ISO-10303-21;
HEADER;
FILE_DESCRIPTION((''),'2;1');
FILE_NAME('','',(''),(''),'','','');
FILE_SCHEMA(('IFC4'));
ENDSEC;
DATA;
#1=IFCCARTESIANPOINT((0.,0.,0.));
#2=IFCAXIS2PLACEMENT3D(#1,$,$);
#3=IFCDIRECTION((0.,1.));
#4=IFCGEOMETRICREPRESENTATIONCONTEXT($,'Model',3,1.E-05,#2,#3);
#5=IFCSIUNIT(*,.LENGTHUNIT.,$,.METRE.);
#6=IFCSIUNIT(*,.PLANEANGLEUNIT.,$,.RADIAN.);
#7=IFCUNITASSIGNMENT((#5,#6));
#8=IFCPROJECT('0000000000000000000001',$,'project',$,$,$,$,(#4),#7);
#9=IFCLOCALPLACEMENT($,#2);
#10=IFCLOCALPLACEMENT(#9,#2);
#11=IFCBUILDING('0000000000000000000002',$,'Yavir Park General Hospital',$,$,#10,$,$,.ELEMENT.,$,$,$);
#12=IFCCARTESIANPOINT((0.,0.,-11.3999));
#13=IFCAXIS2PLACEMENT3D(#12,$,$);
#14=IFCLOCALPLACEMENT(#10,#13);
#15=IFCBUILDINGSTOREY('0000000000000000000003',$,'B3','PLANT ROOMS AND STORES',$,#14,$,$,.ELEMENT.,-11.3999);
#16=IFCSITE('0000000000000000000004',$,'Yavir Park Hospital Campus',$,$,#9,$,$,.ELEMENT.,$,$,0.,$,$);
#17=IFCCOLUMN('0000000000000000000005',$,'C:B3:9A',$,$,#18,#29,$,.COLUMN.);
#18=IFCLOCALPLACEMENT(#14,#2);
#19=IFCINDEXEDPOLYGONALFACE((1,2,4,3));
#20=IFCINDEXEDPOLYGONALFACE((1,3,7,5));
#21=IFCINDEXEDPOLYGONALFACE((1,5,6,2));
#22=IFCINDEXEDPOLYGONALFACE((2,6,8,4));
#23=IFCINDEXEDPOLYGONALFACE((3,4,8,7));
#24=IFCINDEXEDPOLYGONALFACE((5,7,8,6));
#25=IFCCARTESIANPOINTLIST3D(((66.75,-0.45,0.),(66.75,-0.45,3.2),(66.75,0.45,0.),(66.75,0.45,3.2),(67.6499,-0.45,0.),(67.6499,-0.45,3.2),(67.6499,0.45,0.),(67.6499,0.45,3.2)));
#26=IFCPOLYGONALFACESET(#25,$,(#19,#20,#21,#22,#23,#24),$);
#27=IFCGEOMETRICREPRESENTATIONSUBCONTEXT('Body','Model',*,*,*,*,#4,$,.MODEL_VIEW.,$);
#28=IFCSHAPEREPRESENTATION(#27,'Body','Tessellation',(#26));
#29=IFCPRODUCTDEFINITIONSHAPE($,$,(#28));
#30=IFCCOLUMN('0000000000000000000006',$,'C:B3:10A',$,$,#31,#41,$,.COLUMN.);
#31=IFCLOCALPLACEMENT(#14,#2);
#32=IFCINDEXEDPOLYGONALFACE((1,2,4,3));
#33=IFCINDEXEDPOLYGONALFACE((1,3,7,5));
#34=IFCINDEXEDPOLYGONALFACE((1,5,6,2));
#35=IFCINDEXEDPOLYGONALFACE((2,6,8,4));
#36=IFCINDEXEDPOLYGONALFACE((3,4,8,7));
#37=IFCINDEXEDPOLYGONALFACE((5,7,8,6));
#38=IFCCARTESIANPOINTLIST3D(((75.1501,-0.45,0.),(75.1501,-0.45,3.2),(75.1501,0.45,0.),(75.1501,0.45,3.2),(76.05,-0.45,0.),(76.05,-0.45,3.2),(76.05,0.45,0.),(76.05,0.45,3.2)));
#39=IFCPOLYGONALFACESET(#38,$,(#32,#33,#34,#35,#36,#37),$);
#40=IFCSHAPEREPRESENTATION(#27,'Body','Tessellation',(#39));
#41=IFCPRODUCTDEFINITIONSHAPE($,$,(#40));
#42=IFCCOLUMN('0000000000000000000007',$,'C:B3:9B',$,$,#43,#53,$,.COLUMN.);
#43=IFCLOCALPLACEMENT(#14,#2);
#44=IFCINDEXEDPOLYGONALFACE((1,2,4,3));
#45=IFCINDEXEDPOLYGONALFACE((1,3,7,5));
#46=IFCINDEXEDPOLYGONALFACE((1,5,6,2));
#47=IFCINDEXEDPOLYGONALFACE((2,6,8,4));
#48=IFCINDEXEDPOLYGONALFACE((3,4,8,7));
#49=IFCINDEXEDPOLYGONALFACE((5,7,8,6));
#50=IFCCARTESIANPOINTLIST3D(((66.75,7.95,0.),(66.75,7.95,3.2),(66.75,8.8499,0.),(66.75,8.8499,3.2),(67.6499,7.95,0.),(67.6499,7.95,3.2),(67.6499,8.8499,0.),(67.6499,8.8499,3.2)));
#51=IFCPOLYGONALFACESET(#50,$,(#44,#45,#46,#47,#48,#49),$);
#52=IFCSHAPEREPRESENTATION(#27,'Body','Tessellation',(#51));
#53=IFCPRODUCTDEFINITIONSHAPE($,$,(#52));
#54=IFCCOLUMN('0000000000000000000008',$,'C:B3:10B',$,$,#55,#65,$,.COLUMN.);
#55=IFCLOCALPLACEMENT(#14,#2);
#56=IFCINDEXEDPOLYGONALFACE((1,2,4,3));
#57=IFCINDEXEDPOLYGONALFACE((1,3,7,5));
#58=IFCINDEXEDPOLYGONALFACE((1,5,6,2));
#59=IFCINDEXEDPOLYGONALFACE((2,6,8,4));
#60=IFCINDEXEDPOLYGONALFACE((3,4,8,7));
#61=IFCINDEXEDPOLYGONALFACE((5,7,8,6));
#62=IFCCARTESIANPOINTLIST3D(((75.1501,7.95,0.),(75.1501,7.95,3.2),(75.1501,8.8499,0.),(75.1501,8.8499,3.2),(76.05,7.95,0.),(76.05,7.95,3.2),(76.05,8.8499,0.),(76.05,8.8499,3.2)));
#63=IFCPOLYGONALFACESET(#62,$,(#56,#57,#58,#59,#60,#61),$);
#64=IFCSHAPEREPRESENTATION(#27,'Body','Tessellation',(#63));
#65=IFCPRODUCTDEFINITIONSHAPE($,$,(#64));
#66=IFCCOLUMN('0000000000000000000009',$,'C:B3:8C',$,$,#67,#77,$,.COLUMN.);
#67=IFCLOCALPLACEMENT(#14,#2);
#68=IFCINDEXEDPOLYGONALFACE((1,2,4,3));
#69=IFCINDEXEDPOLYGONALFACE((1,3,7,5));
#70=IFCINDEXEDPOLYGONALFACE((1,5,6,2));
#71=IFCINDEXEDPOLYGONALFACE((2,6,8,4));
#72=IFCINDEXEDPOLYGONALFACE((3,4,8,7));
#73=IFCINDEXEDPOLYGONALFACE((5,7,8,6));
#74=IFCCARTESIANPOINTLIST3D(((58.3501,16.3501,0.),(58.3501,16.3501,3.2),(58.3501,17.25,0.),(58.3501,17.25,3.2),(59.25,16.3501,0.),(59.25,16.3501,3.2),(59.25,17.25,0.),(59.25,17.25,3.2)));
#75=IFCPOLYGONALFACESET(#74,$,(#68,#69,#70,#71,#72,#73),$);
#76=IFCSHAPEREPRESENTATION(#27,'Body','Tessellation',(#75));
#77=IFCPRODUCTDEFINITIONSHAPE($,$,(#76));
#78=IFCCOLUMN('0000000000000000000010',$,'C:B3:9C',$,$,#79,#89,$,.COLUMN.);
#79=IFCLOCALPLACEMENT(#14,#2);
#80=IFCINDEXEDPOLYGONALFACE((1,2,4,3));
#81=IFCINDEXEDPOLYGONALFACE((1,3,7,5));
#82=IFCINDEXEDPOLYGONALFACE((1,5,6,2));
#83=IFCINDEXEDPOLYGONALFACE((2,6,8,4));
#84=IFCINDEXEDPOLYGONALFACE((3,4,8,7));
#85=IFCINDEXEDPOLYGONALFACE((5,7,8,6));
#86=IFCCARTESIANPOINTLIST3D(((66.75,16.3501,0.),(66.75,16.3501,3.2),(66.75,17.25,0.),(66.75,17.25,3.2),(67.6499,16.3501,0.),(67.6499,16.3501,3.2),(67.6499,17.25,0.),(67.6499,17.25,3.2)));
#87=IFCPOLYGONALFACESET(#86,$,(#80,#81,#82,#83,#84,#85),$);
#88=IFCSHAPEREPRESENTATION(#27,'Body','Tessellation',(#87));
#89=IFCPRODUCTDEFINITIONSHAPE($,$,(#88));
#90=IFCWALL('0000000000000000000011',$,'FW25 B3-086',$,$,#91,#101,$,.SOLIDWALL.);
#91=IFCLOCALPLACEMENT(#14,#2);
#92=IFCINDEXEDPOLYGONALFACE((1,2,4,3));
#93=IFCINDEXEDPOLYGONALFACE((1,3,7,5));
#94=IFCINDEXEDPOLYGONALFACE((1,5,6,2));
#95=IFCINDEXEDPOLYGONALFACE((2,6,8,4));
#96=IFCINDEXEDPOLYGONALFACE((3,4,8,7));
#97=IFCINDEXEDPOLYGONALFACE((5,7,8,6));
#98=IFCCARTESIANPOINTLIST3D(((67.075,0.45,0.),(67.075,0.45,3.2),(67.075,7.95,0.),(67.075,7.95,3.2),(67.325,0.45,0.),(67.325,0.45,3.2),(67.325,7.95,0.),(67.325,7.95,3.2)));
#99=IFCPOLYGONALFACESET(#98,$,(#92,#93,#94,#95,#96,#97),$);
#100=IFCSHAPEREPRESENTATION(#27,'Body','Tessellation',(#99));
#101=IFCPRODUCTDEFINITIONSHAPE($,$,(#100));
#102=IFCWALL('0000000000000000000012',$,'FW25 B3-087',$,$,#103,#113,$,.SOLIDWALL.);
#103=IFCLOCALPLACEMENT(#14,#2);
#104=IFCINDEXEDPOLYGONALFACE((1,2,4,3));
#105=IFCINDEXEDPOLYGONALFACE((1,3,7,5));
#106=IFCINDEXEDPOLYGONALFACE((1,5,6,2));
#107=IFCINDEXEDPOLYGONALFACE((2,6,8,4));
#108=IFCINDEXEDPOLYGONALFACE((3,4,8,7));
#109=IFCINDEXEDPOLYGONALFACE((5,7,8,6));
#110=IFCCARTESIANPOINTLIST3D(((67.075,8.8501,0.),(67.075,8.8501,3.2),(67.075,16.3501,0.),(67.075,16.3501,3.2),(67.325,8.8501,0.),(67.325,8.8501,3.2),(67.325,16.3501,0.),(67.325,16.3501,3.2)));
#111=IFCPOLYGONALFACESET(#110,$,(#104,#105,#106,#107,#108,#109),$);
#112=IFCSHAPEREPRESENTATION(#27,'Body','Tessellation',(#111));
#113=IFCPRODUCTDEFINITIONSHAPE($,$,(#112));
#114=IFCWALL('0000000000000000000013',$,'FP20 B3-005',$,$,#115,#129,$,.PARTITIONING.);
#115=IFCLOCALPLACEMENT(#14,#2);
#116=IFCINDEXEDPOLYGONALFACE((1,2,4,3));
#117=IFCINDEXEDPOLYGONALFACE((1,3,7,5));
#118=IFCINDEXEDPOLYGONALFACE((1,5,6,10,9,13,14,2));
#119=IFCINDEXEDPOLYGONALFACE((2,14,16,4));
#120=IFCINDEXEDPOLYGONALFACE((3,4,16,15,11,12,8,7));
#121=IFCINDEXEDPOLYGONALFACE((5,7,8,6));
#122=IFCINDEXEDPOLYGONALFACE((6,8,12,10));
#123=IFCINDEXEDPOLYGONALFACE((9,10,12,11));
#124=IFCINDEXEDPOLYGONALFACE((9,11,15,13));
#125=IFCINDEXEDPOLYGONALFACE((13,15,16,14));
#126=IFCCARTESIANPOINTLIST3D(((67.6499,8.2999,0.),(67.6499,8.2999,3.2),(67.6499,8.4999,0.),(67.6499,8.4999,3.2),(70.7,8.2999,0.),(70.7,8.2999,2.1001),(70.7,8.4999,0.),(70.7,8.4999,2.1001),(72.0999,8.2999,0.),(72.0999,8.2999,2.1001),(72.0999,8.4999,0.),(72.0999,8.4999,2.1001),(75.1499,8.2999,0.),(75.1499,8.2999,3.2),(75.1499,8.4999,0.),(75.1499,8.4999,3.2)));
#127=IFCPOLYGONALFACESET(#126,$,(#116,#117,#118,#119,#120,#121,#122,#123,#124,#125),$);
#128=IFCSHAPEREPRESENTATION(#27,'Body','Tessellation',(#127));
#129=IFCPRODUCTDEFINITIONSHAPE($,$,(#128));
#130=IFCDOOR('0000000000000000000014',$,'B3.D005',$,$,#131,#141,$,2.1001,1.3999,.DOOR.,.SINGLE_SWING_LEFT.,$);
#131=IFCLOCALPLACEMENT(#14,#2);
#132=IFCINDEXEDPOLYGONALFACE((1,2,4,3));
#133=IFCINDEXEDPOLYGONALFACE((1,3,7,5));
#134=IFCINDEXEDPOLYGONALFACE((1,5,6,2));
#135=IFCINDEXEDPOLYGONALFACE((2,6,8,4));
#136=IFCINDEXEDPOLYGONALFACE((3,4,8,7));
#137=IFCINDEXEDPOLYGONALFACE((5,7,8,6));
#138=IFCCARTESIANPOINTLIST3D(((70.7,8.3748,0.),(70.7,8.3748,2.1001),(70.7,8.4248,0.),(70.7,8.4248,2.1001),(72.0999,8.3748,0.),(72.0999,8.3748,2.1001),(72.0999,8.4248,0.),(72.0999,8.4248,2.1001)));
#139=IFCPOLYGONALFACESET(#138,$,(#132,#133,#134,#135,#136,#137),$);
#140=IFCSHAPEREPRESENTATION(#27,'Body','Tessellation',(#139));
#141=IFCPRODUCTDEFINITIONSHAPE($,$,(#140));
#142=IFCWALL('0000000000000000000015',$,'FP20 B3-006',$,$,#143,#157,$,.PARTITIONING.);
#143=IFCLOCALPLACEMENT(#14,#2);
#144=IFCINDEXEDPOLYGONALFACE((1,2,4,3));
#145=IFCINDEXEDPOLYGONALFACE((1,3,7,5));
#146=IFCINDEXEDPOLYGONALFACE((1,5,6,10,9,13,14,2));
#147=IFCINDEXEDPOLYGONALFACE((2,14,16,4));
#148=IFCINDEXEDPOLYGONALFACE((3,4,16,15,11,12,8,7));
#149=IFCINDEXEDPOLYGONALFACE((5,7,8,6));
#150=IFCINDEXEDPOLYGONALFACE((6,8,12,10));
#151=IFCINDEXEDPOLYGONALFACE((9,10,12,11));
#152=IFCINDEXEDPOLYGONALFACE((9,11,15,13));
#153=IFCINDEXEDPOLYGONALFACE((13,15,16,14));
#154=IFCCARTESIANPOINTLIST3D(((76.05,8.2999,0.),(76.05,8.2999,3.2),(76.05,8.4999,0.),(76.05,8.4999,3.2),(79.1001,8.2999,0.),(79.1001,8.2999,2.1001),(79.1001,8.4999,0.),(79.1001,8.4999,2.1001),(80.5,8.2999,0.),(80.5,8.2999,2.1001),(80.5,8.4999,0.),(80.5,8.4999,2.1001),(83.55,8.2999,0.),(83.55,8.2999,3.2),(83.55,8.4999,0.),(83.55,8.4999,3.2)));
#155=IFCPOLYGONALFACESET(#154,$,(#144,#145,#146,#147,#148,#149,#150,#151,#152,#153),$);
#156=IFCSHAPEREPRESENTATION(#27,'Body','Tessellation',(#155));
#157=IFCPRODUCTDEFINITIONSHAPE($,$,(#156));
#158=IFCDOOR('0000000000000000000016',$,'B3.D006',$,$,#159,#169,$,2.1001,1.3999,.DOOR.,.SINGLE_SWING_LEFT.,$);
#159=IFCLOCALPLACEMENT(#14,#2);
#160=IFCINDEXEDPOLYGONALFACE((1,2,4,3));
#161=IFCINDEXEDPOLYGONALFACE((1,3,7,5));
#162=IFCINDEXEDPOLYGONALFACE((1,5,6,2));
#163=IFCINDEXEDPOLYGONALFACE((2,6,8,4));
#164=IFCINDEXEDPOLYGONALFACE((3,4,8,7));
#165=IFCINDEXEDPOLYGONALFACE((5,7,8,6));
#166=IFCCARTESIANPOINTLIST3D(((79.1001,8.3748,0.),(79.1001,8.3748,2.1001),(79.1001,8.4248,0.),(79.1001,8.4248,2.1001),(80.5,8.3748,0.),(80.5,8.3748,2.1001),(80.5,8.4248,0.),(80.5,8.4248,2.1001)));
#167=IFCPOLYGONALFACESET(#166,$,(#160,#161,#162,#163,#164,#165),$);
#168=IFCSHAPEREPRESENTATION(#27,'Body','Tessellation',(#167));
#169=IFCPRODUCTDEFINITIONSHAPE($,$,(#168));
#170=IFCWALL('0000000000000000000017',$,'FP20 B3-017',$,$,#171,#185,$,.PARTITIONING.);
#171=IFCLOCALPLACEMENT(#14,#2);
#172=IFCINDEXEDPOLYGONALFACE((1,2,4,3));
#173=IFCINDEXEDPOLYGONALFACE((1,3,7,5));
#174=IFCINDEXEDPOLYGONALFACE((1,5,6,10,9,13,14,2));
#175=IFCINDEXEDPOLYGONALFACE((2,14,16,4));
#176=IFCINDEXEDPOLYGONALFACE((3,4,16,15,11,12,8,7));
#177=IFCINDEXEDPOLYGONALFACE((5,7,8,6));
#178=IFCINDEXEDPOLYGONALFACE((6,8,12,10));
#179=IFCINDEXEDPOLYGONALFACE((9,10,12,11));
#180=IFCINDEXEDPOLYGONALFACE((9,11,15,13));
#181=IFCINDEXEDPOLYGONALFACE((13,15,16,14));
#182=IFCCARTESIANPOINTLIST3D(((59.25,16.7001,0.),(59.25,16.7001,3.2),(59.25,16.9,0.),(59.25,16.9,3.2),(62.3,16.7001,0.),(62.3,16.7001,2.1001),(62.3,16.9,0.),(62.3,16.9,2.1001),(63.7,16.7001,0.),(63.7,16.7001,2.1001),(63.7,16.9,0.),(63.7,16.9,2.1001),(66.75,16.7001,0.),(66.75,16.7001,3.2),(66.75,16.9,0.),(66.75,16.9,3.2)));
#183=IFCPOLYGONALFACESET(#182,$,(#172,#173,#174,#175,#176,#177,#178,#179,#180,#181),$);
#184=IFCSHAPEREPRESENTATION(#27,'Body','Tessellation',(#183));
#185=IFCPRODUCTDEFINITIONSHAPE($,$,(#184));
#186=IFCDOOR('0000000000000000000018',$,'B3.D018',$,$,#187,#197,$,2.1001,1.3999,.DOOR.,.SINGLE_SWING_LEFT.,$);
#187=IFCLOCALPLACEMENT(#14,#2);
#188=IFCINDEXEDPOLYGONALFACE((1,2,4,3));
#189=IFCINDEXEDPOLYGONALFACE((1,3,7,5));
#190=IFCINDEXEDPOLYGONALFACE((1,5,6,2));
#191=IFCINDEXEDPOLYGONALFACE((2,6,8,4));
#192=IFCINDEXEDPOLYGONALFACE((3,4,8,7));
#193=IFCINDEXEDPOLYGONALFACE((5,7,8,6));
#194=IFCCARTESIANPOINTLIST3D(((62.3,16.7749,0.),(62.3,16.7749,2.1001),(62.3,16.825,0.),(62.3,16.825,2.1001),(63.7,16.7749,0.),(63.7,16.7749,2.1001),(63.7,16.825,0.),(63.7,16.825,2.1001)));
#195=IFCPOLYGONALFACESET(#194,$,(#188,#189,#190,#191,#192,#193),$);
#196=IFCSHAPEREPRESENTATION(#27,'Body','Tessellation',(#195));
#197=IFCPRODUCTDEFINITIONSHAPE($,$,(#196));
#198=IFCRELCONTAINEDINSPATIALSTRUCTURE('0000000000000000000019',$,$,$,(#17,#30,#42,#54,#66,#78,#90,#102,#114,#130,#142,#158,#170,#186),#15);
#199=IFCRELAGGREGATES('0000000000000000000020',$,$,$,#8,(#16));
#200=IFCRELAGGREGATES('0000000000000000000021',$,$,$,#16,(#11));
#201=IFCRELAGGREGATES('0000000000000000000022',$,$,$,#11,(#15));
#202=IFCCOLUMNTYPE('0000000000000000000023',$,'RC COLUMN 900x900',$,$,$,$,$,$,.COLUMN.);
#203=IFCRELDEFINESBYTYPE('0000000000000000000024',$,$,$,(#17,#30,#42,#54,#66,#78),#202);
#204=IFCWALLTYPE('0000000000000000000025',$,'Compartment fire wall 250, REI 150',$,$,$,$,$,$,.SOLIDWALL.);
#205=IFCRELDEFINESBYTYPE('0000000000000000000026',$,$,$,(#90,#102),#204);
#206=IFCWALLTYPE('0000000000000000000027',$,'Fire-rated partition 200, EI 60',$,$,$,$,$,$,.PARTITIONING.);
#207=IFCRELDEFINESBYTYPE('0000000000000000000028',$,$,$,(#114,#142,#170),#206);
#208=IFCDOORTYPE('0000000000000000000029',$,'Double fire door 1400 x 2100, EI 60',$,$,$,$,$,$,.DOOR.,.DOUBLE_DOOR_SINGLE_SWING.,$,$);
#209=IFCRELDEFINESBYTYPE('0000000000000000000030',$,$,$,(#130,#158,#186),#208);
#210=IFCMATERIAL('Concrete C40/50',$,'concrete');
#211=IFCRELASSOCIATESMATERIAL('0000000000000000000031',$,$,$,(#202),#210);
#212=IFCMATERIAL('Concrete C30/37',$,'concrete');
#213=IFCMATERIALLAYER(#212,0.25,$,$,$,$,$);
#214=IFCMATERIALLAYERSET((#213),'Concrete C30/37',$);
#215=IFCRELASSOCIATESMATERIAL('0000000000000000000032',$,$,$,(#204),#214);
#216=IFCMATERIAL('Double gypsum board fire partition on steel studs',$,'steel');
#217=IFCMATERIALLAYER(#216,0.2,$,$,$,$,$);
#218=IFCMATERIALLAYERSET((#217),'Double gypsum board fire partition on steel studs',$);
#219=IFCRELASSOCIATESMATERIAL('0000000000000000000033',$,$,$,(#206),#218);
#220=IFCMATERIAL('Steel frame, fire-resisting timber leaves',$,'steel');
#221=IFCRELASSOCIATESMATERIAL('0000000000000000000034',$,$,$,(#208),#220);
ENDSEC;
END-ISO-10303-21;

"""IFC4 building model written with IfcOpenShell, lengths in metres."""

from ifc_helpers import new_model, si_unit, direction, frame, frame_2d, origin, origin_2d, place, context, subcontext, project, spatial, rectangle, extrude, material, layer, layer_set, material_profile, profile_set, type_object, element, fill, save


model = new_model("IFC4")

# Units and contexts
model_context = context("Model", 3, precision=1e-05, world=origin(), true_north=direction((0.0, 1.0)))
body_context = subcontext(model_context, "Body", "Model", "MODEL_VIEW")
ifc_project = project(units=[si_unit("LENGTHUNIT", "METRE"), si_unit("PLANEANGLEUNIT", "RADIAN")], contexts=[model_context])

# Site, building, storey
site_placement = place(None, origin())
site = spatial("IfcSite", under=ifc_project, at=site_placement, Name="Yavir Park Hospital Campus", CompositionType="ELEMENT", RefElevation=0.0)
building_placement = place(site_placement, origin())
building = spatial("IfcBuilding", under=site, at=building_placement, Name="Yavir Park General Hospital", CompositionType="ELEMENT")
storey_placement = place(building_placement, frame((0.0, 0.0, -11.3999)))
storey = spatial("IfcBuildingStorey", under=building, at=storey_placement, Name="B3", Description="PLANT ROOMS AND STORES", CompositionType="ELEMENT", Elevation=-11.3999)

# Columns
ifc_material_1 = material(Name="Concrete C40/50", Category="concrete")
ifc_material_profile = material_profile(ifc_material_1, rectangle(XDim=0.8999, YDim=0.8999, at=origin_2d()), Name="RC900x900")
ifc_profile_set = profile_set([ifc_material_profile], Name="Concrete C40/50")
column_type = type_object("IfcColumnType", Name="RC COLUMN 900x900", PredefinedType="COLUMN", material=ifc_profile_set)
for number, where, z_axis, x_axis, name in (
    (1, (67.2, 0.0, 0.0), (0.0, 0.0, 1.0), (1.0, 0.0, 0.0), "C:B3:9A"),
    (2, (75.6001, 0.0, 0.0), (0.0, 0.0, 1.0), (1.0, 0.0, 0.0), "C:B3:10A"),
    (3, (67.2, 8.3999, 0.0), (0.0, 0.0, 1.0), (1.0, 0.0, 0.0), "C:B3:9B"),
    (4, (75.6001, 8.3999, 0.0), (0.0, 0.0, 1.0), (1.0, 0.0, 0.0), "C:B3:10B"),
    (5, (58.8, 16.8, 0.0), (0.0, 0.0, 1.0), (1.0, 0.0, 0.0), "C:B3:8C"),
    (6, (67.2, 16.8, 0.0), (0.0, 0.0, 1.0), (1.0, 0.0, 0.0), "C:B3:9C"),
):
    element("IfcColumn", number, at=place(storey_placement, frame(where, z_axis=z_axis, x_axis=x_axis)), inside=storey, type_object=column_type, Name=name, PredefinedType="COLUMN", context=body_context, shape_type="SweptSolid", body=[
        extrude(rectangle(XDim=0.8999, YDim=0.8999, at=origin_2d()), origin(), (0.0, 0.0, 1.0), 3.2),
    ])

# Walls
ifc_material_2 = material(Name="Concrete C30/37", Category="concrete")
ifc_layer_1 = layer(ifc_material_2, 0.25)
ifc_layer_set_1 = layer_set([ifc_layer_1], Name="Concrete C30/37")
wall_type_1 = type_object("IfcWallType", Name="Compartment fire wall 250, REI 150", PredefinedType="SOLIDWALL", material=ifc_layer_set_1)
for number, where, z_axis, x_axis, name in (
    (7, (67.2, 0.45, 0.0), (0.0, 0.0, 1.0), (0.0, 1.0, 0.0), "FW25 B3-086"),
    (8, (67.2, 8.8501, 0.0), (0.0, 0.0, 1.0), (0.0, 1.0, 0.0), "FW25 B3-087"),
):
    element("IfcWall", number, at=place(storey_placement, frame(where, z_axis=z_axis, x_axis=x_axis)), inside=storey, type_object=wall_type_1, Name=name, PredefinedType="SOLIDWALL", context=body_context, shape_type="SweptSolid", body=[
        extrude(rectangle(XDim=7.5, YDim=0.25, at=frame_2d((3.75, 0.0))), origin(), (0.0, 0.0, 1.0), 3.2),
    ])

# Walls, openings, doors
ifc_material_3 = material(Name="Double gypsum board fire partition on steel studs", Category="steel")
ifc_layer_2 = layer(ifc_material_3, 0.2)
ifc_layer_set_2 = layer_set([ifc_layer_2], Name="Double gypsum board fire partition on steel studs")
wall_type_2 = type_object("IfcWallType", Name="Fire-rated partition 200, EI 60", PredefinedType="PARTITIONING", material=ifc_layer_set_2)
wall_1_placement = place(storey_placement, frame((67.6499, 8.3999, 0.0), z_axis=(0.0, 0.0, 1.0), x_axis=(1.0, 0.0, 0.0)))
wall_1 = element("IfcWall", 9, at=wall_1_placement, inside=storey, type_object=wall_type_2, Name="FP20 B3-005", PredefinedType="PARTITIONING", context=body_context, shape_type="SweptSolid", body=[
    extrude(rectangle(XDim=7.5, YDim=0.2, at=frame_2d((3.75, 0.0))), origin(), (0.0, 0.0, 1.0), 3.2),
])
opening_1_placement = place(wall_1_placement, frame((3.05, 0.0, 0.0)))
opening_1 = element("IfcOpeningElement", 10, at=opening_1_placement, cuts=wall_1, PredefinedType="OPENING", context=body_context, shape_type="SweptSolid", body=[
    extrude(rectangle(XDim=1.3999, YDim=2.1001, at=frame_2d((0.7, 1.05))), frame((0.0, 0.1099, 0.0), z_axis=(0.0, -1.0, 0.0), x_axis=(1.0, 0.0, 0.0)), (0.0, 0.0, 1.0), 0.22),
])
ifc_material_4 = material(Name="Steel frame, fire-resisting timber leaves", Category="steel")
door_type = type_object("IfcDoorType", Name="Double fire door 1400 x 2100, EI 60", OperationType="DOUBLE_DOOR_SINGLE_SWING", PredefinedType="DOOR", material=ifc_material_4)
door_1_placement = place(opening_1_placement, origin())
door_1 = element("IfcDoor", 11, at=door_1_placement, inside=storey, type_object=door_type, Name="B3.D005", OperationType="SINGLE_SWING_LEFT", OverallHeight=2.1001, OverallWidth=1.3999, PredefinedType="DOOR", context=body_context, shape_type="SweptSolid", body=[
    extrude(rectangle(XDim=1.3999, YDim=2.1001, at=frame_2d((0.7, 1.05))), frame((0.0, 0.0249, 0.0), z_axis=(0.0, -1.0, 0.0), x_axis=(1.0, 0.0, 0.0)), (0.0, 0.0, 1.0), 0.05),
])
fill(opening_1, door_1)
wall_2_placement = place(storey_placement, frame((76.05, 8.3999, 0.0), z_axis=(0.0, 0.0, 1.0), x_axis=(1.0, 0.0, 0.0)))
wall_2 = element("IfcWall", 12, at=wall_2_placement, inside=storey, type_object=wall_type_2, Name="FP20 B3-006", PredefinedType="PARTITIONING", context=body_context, shape_type="SweptSolid", body=[
    extrude(rectangle(XDim=7.5, YDim=0.2, at=frame_2d((3.75, 0.0))), origin(), (0.0, 0.0, 1.0), 3.2),
])
opening_2_placement = place(wall_2_placement, frame((3.05, 0.0, 0.0)))
opening_2 = element("IfcOpeningElement", 13, at=opening_2_placement, cuts=wall_2, PredefinedType="OPENING", context=body_context, shape_type="SweptSolid", body=[
    extrude(rectangle(XDim=1.3999, YDim=2.1001, at=frame_2d((0.7, 1.05))), frame((0.0, 0.1099, 0.0), z_axis=(0.0, -1.0, 0.0), x_axis=(1.0, 0.0, 0.0)), (0.0, 0.0, 1.0), 0.22),
])
door_2_placement = place(opening_2_placement, origin())
door_2 = element("IfcDoor", 14, at=door_2_placement, inside=storey, type_object=door_type, Name="B3.D006", OperationType="SINGLE_SWING_LEFT", OverallHeight=2.1001, OverallWidth=1.3999, PredefinedType="DOOR", context=body_context, shape_type="SweptSolid", body=[
    extrude(rectangle(XDim=1.3999, YDim=2.1001, at=frame_2d((0.7, 1.05))), frame((0.0, 0.0249, 0.0), z_axis=(0.0, -1.0, 0.0), x_axis=(1.0, 0.0, 0.0)), (0.0, 0.0, 1.0), 0.05),
])
fill(opening_2, door_2)
wall_3_placement = place(storey_placement, frame((59.25, 16.8, 0.0), z_axis=(0.0, 0.0, 1.0), x_axis=(1.0, 0.0, 0.0)))
wall_3 = element("IfcWall", 15, at=wall_3_placement, inside=storey, type_object=wall_type_2, Name="FP20 B3-017", PredefinedType="PARTITIONING", context=body_context, shape_type="SweptSolid", body=[
    extrude(rectangle(XDim=7.5, YDim=0.2, at=frame_2d((3.75, 0.0))), origin(), (0.0, 0.0, 1.0), 3.2),
])
opening_3_placement = place(wall_3_placement, frame((3.05, 0.0, 0.0)))
opening_3 = element("IfcOpeningElement", 16, at=opening_3_placement, cuts=wall_3, PredefinedType="OPENING", context=body_context, shape_type="SweptSolid", body=[
    extrude(rectangle(XDim=1.3999, YDim=2.1001, at=frame_2d((0.7, 1.05))), frame((0.0, 0.1099, 0.0), z_axis=(0.0, -1.0, 0.0), x_axis=(1.0, 0.0, 0.0)), (0.0, 0.0, 1.0), 0.22),
])
door_3_placement = place(opening_3_placement, origin())
door_3 = element("IfcDoor", 17, at=door_3_placement, inside=storey, type_object=door_type, Name="B3.D018", OperationType="SINGLE_SWING_LEFT", OverallHeight=2.1001, OverallWidth=1.3999, PredefinedType="DOOR", context=body_context, shape_type="SweptSolid", body=[
    extrude(rectangle(XDim=1.3999, YDim=2.1001, at=frame_2d((0.7, 1.05))), frame((0.0, 0.0249, 0.0), z_axis=(0.0, -1.0, 0.0), x_axis=(1.0, 0.0, 0.0)), (0.0, 0.0, 1.0), 0.05),
])
fill(opening_3, door_3)

save(model, "model.ifc")
